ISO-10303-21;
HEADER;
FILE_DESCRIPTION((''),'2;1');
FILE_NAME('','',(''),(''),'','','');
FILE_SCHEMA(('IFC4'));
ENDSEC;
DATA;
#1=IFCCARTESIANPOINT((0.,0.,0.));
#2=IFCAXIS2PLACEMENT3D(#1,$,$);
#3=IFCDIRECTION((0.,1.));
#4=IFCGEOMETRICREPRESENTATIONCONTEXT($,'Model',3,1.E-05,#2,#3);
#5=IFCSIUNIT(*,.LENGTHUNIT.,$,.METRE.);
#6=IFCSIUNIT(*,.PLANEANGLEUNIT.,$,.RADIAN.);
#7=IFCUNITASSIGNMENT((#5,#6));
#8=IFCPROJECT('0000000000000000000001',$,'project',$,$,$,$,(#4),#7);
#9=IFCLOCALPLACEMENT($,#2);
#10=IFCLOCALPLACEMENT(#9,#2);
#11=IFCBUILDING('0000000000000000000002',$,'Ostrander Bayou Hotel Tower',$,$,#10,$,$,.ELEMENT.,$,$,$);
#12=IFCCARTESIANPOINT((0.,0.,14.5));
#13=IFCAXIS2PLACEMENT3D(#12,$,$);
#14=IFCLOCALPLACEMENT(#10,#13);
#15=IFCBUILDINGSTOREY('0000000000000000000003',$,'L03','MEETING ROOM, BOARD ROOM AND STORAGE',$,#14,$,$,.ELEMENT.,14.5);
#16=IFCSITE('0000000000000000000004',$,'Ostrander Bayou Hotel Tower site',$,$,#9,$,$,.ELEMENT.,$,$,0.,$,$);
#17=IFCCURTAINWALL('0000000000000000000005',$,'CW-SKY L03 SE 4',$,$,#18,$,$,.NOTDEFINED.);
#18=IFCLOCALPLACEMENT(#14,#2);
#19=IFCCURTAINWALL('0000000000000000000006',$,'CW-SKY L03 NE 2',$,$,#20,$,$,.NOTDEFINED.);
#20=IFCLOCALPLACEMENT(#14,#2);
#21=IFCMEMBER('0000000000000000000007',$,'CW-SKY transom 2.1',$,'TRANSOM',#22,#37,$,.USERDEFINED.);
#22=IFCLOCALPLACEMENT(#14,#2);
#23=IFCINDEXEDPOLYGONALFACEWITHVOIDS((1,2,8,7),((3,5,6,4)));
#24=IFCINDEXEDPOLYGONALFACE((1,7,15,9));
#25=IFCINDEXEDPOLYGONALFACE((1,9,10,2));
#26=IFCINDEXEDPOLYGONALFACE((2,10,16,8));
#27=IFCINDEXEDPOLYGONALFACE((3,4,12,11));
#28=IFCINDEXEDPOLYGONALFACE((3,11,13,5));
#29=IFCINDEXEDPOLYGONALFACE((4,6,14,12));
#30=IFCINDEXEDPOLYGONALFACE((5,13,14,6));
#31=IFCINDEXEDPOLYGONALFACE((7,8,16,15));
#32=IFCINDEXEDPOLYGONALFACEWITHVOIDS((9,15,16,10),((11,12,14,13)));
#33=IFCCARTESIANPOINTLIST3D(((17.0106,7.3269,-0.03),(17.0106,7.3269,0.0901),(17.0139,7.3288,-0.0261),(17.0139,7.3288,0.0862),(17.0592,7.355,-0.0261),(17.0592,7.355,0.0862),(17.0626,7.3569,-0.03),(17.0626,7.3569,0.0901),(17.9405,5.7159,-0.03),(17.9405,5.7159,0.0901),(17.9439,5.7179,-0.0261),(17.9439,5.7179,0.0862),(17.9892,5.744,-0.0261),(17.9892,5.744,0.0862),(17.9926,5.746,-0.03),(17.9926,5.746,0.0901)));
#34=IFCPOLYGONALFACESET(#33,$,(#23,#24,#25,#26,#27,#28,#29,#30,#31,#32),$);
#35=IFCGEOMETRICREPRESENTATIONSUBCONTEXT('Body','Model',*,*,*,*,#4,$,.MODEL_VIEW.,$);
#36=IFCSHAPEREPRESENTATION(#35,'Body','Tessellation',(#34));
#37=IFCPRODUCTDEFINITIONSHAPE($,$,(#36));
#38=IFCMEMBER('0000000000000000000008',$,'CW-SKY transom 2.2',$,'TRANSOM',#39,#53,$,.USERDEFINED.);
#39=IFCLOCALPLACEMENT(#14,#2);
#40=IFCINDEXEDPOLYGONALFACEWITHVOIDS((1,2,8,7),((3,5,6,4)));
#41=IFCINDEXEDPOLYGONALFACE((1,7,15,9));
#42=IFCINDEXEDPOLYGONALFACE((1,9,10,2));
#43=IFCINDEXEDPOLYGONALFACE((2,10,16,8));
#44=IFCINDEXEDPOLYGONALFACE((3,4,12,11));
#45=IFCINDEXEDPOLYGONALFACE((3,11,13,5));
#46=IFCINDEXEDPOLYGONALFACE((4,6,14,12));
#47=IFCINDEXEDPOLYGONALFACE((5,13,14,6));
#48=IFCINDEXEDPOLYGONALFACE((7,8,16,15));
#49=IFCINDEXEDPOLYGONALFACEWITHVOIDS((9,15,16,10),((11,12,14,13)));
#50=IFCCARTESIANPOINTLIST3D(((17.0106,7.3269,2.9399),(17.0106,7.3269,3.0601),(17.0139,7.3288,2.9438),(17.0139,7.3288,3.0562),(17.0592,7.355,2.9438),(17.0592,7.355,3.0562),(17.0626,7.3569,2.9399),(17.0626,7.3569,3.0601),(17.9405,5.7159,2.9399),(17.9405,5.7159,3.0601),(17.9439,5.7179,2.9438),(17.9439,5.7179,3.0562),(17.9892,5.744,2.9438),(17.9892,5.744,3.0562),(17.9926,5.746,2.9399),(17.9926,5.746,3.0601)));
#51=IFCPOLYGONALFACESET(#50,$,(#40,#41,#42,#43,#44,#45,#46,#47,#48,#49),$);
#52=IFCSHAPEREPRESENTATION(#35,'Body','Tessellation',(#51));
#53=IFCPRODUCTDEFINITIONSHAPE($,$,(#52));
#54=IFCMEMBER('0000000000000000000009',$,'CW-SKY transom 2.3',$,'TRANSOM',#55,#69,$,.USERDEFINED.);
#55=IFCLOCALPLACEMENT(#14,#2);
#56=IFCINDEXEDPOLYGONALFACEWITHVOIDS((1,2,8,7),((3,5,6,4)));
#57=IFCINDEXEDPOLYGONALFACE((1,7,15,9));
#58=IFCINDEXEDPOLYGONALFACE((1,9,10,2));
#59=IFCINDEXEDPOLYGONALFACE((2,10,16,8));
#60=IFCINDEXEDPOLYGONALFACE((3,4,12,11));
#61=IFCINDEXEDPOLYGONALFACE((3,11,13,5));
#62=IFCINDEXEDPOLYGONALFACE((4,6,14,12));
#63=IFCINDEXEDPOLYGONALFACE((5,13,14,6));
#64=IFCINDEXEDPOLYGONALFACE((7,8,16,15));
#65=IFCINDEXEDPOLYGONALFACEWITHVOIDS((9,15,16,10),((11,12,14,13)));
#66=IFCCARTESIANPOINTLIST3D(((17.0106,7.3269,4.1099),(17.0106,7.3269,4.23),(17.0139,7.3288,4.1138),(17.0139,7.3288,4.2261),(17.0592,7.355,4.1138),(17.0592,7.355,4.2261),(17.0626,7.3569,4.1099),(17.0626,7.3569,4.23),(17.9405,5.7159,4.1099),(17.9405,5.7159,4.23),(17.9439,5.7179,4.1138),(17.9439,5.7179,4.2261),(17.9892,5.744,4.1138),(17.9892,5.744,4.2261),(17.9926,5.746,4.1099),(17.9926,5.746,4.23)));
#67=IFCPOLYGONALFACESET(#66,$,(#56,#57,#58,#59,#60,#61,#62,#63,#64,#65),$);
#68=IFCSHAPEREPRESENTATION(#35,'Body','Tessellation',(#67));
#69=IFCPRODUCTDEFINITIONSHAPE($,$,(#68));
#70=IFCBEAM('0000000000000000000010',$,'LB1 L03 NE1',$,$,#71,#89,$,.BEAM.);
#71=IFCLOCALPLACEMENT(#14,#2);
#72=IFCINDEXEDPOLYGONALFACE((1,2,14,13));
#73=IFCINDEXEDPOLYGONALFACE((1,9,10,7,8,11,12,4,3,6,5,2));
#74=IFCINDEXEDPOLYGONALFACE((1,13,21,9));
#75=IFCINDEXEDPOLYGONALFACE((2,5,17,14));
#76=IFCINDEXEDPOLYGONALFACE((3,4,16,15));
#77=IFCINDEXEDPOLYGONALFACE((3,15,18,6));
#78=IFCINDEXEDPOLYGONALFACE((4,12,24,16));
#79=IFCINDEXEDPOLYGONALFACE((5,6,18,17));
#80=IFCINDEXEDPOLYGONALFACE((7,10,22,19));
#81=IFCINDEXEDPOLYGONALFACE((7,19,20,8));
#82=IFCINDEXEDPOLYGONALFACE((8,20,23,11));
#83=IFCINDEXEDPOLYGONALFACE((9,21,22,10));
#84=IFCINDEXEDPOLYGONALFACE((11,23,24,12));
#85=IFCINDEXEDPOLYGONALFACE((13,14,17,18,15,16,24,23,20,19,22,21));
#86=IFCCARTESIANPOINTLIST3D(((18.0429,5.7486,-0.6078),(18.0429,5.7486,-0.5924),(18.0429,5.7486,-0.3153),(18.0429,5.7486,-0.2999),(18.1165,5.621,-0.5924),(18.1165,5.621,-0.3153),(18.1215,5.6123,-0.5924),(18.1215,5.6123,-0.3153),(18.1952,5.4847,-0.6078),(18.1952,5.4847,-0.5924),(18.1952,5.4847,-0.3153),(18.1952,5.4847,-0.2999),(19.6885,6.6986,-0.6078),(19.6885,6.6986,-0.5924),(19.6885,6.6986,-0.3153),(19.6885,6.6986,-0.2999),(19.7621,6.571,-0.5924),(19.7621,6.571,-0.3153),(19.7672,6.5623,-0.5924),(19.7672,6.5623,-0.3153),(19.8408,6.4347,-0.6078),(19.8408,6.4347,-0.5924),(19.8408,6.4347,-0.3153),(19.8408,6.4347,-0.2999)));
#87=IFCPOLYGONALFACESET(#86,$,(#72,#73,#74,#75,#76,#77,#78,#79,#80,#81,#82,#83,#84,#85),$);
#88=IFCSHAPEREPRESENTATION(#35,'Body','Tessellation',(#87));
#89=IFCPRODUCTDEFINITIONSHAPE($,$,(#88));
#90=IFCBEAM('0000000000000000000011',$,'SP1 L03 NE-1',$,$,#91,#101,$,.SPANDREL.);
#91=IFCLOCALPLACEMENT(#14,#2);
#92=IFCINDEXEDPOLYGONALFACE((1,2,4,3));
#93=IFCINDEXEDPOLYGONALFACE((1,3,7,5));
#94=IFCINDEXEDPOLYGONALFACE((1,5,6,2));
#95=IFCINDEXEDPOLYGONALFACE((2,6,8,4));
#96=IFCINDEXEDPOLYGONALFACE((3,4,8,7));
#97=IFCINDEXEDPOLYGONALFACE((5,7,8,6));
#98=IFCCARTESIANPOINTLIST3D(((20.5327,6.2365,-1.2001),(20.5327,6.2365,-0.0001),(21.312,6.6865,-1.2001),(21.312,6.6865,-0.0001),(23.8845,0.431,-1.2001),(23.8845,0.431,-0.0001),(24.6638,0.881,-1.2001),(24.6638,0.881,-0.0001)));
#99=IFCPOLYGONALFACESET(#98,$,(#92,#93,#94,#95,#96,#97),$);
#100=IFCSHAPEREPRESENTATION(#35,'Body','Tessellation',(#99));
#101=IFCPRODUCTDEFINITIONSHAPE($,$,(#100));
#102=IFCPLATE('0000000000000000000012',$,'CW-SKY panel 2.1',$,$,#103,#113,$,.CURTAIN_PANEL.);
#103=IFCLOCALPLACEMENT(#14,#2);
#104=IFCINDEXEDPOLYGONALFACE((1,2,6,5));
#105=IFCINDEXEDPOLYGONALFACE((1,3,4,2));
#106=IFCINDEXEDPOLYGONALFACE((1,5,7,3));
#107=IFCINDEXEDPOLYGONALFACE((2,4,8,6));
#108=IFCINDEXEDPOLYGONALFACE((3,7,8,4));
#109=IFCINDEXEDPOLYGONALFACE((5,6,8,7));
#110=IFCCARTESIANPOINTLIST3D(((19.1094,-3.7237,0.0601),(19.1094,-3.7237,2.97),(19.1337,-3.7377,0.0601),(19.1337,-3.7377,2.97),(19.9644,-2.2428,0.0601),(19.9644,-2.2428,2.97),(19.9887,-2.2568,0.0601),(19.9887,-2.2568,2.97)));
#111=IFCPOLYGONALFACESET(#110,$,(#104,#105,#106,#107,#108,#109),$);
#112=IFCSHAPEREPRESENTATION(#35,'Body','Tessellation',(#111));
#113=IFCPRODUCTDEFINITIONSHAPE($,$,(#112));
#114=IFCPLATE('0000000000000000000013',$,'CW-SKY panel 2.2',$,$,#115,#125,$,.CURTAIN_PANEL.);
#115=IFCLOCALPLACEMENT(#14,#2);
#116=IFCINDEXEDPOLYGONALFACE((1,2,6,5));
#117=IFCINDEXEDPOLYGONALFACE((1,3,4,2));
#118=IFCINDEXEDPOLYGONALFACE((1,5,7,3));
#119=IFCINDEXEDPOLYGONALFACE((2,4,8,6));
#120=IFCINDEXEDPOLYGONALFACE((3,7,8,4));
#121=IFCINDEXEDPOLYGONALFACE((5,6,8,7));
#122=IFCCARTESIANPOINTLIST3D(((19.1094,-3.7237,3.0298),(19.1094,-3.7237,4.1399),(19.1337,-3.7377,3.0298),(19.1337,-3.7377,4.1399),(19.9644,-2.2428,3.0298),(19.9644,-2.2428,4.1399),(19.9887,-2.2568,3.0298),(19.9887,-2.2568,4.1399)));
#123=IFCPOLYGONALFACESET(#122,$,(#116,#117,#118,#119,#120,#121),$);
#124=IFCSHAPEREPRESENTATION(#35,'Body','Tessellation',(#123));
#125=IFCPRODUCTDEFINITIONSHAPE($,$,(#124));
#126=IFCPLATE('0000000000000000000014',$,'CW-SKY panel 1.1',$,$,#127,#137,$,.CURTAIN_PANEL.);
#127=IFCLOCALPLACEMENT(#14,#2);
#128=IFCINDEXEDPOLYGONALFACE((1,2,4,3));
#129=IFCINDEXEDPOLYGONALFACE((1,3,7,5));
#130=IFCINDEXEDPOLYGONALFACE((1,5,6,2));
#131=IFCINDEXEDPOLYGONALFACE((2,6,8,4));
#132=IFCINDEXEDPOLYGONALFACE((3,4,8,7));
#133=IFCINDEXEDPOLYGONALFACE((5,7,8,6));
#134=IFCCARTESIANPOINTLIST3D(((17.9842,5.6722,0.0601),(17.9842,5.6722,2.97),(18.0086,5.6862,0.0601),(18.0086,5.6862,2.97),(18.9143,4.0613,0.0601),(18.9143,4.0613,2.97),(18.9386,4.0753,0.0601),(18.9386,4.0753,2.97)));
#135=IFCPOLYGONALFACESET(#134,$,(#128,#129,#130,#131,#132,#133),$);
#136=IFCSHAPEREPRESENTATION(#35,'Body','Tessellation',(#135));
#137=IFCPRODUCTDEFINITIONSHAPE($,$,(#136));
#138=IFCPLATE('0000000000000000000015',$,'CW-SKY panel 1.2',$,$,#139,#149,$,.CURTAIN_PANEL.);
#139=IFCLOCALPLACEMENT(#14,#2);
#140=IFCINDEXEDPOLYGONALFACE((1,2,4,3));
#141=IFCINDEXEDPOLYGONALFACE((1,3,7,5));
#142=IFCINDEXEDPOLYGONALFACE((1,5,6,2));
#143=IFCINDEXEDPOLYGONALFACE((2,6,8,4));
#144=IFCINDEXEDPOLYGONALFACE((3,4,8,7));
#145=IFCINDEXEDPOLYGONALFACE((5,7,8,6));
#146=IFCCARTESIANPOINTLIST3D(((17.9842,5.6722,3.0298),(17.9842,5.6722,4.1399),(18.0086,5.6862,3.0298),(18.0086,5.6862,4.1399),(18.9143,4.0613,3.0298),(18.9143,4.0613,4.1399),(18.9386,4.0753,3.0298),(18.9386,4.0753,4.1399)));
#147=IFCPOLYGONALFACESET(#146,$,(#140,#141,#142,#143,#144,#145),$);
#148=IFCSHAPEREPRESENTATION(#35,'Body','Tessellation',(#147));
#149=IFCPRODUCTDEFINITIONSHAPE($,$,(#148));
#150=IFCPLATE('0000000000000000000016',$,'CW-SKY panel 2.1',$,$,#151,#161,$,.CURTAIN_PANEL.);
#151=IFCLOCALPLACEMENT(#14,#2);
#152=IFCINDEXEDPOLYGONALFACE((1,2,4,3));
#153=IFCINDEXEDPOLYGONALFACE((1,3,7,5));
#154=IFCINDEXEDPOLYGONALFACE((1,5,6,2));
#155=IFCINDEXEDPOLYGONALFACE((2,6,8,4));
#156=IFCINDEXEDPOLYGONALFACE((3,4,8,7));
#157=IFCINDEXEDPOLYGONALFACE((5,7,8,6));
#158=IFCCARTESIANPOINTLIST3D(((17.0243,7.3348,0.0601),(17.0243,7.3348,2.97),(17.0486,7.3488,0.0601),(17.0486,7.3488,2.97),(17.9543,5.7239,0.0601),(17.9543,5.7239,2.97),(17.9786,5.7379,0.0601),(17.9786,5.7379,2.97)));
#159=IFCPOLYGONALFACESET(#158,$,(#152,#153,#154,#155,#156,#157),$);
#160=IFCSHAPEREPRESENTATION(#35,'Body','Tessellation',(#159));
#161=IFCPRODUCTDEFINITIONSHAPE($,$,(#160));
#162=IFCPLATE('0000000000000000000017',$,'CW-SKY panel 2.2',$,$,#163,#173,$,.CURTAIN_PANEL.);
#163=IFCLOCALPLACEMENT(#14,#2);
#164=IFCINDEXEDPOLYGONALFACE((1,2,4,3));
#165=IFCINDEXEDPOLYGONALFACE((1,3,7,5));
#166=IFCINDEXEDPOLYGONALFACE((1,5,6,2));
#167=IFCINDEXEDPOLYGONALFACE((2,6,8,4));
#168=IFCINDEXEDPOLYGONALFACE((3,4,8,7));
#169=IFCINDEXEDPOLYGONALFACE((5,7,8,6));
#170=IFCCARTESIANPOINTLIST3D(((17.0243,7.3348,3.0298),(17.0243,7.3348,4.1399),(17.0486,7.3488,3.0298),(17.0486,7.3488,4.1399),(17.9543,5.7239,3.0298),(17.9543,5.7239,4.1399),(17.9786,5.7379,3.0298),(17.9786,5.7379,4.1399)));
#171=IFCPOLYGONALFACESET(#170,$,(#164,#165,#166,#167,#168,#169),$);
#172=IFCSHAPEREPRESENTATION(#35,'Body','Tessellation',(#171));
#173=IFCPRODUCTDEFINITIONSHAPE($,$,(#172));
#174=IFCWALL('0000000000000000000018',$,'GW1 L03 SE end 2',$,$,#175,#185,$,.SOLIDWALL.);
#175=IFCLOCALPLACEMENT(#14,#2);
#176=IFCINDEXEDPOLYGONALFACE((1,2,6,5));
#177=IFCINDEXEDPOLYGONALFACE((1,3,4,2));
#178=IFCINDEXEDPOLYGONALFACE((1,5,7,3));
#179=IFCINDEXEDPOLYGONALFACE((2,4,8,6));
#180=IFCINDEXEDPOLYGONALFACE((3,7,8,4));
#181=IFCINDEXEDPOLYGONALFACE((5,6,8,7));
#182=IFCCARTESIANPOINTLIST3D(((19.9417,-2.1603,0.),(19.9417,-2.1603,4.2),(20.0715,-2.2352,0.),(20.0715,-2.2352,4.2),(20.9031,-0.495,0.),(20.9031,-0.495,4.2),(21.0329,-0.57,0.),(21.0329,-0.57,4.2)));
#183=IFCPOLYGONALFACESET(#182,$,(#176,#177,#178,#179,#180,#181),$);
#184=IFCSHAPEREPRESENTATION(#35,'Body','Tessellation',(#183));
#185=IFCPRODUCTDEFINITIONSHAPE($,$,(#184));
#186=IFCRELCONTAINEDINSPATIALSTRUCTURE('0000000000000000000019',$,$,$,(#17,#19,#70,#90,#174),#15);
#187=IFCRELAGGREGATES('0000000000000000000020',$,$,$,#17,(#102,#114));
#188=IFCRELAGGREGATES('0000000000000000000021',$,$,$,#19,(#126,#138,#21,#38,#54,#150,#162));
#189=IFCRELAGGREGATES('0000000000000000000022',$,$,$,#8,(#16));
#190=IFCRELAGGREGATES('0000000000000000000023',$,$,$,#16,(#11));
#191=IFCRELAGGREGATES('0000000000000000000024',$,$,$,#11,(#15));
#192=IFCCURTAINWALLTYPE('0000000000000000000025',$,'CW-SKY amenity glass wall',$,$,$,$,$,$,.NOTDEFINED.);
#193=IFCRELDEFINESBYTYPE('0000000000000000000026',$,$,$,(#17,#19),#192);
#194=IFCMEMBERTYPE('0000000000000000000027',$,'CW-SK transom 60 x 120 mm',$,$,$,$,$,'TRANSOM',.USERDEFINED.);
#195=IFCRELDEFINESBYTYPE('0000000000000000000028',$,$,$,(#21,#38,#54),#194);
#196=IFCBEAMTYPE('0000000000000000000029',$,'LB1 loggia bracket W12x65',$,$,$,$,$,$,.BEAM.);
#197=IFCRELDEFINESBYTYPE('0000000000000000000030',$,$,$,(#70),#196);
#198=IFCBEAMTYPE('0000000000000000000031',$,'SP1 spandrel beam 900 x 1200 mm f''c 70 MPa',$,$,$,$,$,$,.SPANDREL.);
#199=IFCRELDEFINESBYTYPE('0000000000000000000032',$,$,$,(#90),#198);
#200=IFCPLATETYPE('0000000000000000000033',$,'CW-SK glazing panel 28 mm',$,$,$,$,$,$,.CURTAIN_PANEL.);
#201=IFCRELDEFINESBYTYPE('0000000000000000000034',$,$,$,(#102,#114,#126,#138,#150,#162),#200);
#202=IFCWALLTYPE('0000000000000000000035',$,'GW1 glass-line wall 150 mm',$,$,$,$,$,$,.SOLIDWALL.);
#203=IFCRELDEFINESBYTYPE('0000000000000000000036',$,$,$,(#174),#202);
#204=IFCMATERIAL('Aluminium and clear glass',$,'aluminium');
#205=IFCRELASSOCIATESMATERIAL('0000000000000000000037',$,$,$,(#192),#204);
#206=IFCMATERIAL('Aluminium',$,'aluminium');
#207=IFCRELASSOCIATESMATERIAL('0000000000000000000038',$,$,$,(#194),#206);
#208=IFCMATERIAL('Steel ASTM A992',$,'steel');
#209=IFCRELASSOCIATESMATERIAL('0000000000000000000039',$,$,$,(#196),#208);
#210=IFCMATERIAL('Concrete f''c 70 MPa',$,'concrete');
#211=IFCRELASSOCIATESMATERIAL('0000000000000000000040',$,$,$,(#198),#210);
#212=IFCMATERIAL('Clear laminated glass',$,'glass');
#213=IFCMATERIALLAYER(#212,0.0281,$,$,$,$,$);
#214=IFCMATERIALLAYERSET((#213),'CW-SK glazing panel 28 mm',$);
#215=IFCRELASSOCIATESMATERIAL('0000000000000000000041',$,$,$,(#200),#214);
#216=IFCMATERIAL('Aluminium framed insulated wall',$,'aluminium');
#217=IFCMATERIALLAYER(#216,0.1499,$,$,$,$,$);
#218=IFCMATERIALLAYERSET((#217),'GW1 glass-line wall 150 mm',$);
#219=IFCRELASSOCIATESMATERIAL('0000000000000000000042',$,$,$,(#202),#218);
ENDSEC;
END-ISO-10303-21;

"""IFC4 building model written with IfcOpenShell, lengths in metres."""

from ifc_helpers import new_model, si_unit, direction, frame, frame_2d, origin, origin_2d, place, context, subcontext, project, spatial, rectangle, hollow_rectangle, i_section, extrude, material, layer, layer_set, material_profile, profile_set, type_object, element, aggregate, save


model = new_model("IFC4")

# Units and contexts
model_context = context("Model", 3, precision=1e-05, world=origin(), true_north=direction((0.0, 1.0)))
body_context = subcontext(model_context, "Body", "Model", "MODEL_VIEW")
ifc_project = project(units=[si_unit("LENGTHUNIT", "METRE"), si_unit("PLANEANGLEUNIT", "RADIAN")], contexts=[model_context])

# Site, building, storey
site_placement = place(None, origin())
site = spatial("IfcSite", under=ifc_project, at=site_placement, Name="Ostrander Bayou Hotel Tower site", CompositionType="ELEMENT", RefElevation=0.0)
building_placement = place(site_placement, origin())
building = spatial("IfcBuilding", under=site, at=building_placement, Name="Ostrander Bayou Hotel Tower", CompositionType="ELEMENT")
storey_placement = place(building_placement, frame((0.0, 0.0, 14.5)))
storey = spatial("IfcBuildingStorey", under=building, at=storey_placement, Name="L03", Description="MEETING ROOM, BOARD ROOM AND STORAGE", CompositionType="ELEMENT", Elevation=14.5)

# Curtain wall
ifc_material_1 = material(Name="Aluminium and clear glass", Category="aluminium")
curtain_wall_type = type_object("IfcCurtainWallType", Name="CW-SKY amenity glass wall", PredefinedType="NOTDEFINED", material=ifc_material_1)
curtain_wall_1_placement = place(storey_placement, origin())
curtain_wall_1 = element("IfcCurtainWall", 1, at=curtain_wall_1_placement, inside=storey, type_object=curtain_wall_type, Name="CW-SKY L03 SE 4", PredefinedType="NOTDEFINED")

# Curtain wall, members
curtain_wall_2_placement = place(storey_placement, origin())
curtain_wall_2 = element("IfcCurtainWall", 2, at=curtain_wall_2_placement, inside=storey, type_object=curtain_wall_type, Name="CW-SKY L03 NE 2", PredefinedType="NOTDEFINED")
ifc_material_2 = material(Name="Aluminium", Category="aluminium")
ifc_material_profile_1 = material_profile(ifc_material_2, hollow_rectangle(XDim=0.0601, YDim=0.1201, WallThickness=0.0039, at=origin_2d()))
ifc_profile_set_1 = profile_set([ifc_material_profile_1], Name="Aluminium")
member_type_1 = type_object("IfcMemberType", Name="CW-SK transom 60 x 120 mm", ElementType="TRANSOM", PredefinedType="USERDEFINED", material=ifc_profile_set_1)
member_1_placement = place(storey_placement, frame((17.9666, 5.731, 0.03), z_axis=(-0.499965, 0.866046, 0.0), x_axis=(-0.866046, -0.499965, 0.0)))
member_1 = element("IfcMember", 3, at=member_1_placement, type_object=member_type_1, Name="CW-SKY transom 2.1", ObjectType="TRANSOM", PredefinedType="USERDEFINED", context=body_context, shape_type="SweptSolid", body=[
    extrude(hollow_rectangle(XDim=0.0601, YDim=0.1201, WallThickness=0.0039, at=origin_2d()), origin(), (0.0, 0.0, 1.0), 1.8601),
])
member_2_placement = place(storey_placement, frame((17.9666, 5.731, 3.0), z_axis=(-0.499965, 0.866046, 0.0), x_axis=(-0.866046, -0.499965, 0.0)))
member_2 = element("IfcMember", 4, at=member_2_placement, type_object=member_type_1, Name="CW-SKY transom 2.2", ObjectType="TRANSOM", PredefinedType="USERDEFINED", context=body_context, shape_type="SweptSolid", body=[
    extrude(hollow_rectangle(XDim=0.0601, YDim=0.1201, WallThickness=0.0039, at=origin_2d()), origin(), (0.0, 0.0, 1.0), 1.8601),
])
member_3_placement = place(storey_placement, frame((17.9666, 5.731, 4.1699), z_axis=(-0.499965, 0.866046, 0.0), x_axis=(-0.866046, -0.499965, 0.0)))
member_3 = element("IfcMember", 5, at=member_3_placement, type_object=member_type_1, Name="CW-SKY transom 2.3", ObjectType="TRANSOM", PredefinedType="USERDEFINED", context=body_context, shape_type="SweptSolid", body=[
    extrude(hollow_rectangle(XDim=0.0601, YDim=0.1201, WallThickness=0.0039, at=origin_2d()), origin(), (0.0, 0.0, 1.0), 1.8601),
])

# Beams
ifc_material_3 = material(Name="Steel ASTM A992", Category="steel")
ifc_material_profile_2 = material_profile(ifc_material_3, i_section(OverallWidth=0.3047, OverallDepth=0.3079, WebThickness=0.01, FlangeThickness=0.0154, at=origin_2d()))
ifc_profile_set_2 = profile_set([ifc_material_profile_2], Name="Steel ASTM A992")
beam_type_1 = type_object("IfcBeamType", Name="LB1 loggia bracket W12x65", PredefinedType="BEAM", material=ifc_profile_set_2)
beam_1_placement = place(storey_placement, frame((19.7646, 6.5667, -0.4539), z_axis=(-0.866044, -0.499967, 0.0), x_axis=(0.499967, -0.866044, 0.0)))
element("IfcBeam", 6, at=beam_1_placement, inside=storey, type_object=beam_type_1, Name="LB1 L03 NE1", PredefinedType="BEAM", context=body_context, shape_type="SweptSolid", body=[
    extrude(i_section(OverallWidth=0.3047, OverallDepth=0.3079, WebThickness=0.01, FlangeThickness=0.0154, at=origin_2d()), origin(), (0.0, 0.0, 1.0), 1.9001),
])
ifc_material_4 = material(Name="Concrete f'c 70 MPa", Category="concrete")
ifc_material_profile_3 = material_profile(ifc_material_4, rectangle(XDim=0.8999, YDim=1.2, at=origin_2d()))
ifc_profile_set_3 = profile_set([ifc_material_profile_3], Name="Concrete f'c 70 MPa")
beam_type_2 = type_object("IfcBeamType", Name="SP1 spandrel beam 900 x 1200 mm f'c 70 MPa", PredefinedType="SPANDREL", material=ifc_profile_set_3)
beam_2_placement = place(storey_placement, frame((24.2742, 0.656, -0.6001), z_axis=(-0.500005, 0.866022, 0.0), x_axis=(-0.866022, -0.500005, 0.0)))
element("IfcBeam", 7, at=beam_2_placement, inside=storey, type_object=beam_type_2, Name="SP1 L03 NE-1", PredefinedType="SPANDREL", context=body_context, shape_type="SweptSolid", body=[
    extrude(rectangle(XDim=0.8999, YDim=1.2, at=origin_2d()), origin(), (0.0, 0.0, 1.0), 6.7036),
])

# Plates
ifc_material_5 = material(Name="Clear laminated glass", Category="glass")
ifc_layer_1 = layer(ifc_material_5, 0.0281)
ifc_layer_set_1 = layer_set([ifc_layer_1], Name="CW-SK glazing panel 28 mm")
plate_type = type_object("IfcPlateType", Name="CW-SK glazing panel 28 mm", PredefinedType="CURTAIN_PANEL", material=ifc_layer_set_1)
plate_1_placement = place(storey_placement, frame((19.5491, -2.9902, 0.0601), z_axis=(0.0, 0.0, 1.0), x_axis=(0.499999, 0.866026, 0.0)))
plate_1 = element("IfcPlate", 8, at=plate_1_placement, type_object=plate_type, Name="CW-SKY panel 2.1", PredefinedType="CURTAIN_PANEL", context=body_context, shape_type="SweptSolid", body=[
    extrude(rectangle(XDim=1.71, YDim=0.0281, at=origin_2d()), origin(), (0.0, 0.0, 1.0), 2.9099),
])
plate_2_placement = place(storey_placement, frame((19.5491, -2.9902, 3.0298), z_axis=(0.0, 0.0, 1.0), x_axis=(0.499999, 0.866026, 0.0)))
plate_2 = element("IfcPlate", 9, at=plate_2_placement, type_object=plate_type, Name="CW-SKY panel 2.2", PredefinedType="CURTAIN_PANEL", context=body_context, shape_type="SweptSolid", body=[
    extrude(rectangle(XDim=1.71, YDim=0.0281, at=origin_2d()), origin(), (0.0, 0.0, 1.0), 1.1101),
])
aggregate(curtain_wall_1, [plate_1, plate_2])
plate_3_placement = place(storey_placement, frame((18.4614, 4.8738, 0.0601), z_axis=(0.0, 0.0, 1.0), x_axis=(-0.5, 0.866025, 0.0)))
plate_3 = element("IfcPlate", 10, at=plate_3_placement, type_object=plate_type, Name="CW-SKY panel 1.1", PredefinedType="CURTAIN_PANEL", context=body_context, shape_type="SweptSolid", body=[
    extrude(rectangle(XDim=1.8601, YDim=0.0281, at=origin_2d()), origin(), (0.0, 0.0, 1.0), 2.9099),
])
plate_4_placement = place(storey_placement, frame((18.4614, 4.8738, 3.0298), z_axis=(0.0, 0.0, 1.0), x_axis=(-0.5, 0.866025, 0.0)))
plate_4 = element("IfcPlate", 11, at=plate_4_placement, type_object=plate_type, Name="CW-SKY panel 1.2", PredefinedType="CURTAIN_PANEL", context=body_context, shape_type="SweptSolid", body=[
    extrude(rectangle(XDim=1.8601, YDim=0.0281, at=origin_2d()), origin(), (0.0, 0.0, 1.0), 1.1101),
])
plate_5_placement = place(storey_placement, frame((17.5015, 6.5364, 0.0601), z_axis=(0.0, 0.0, 1.0), x_axis=(-0.5, 0.866025, 0.0)))
plate_5 = element("IfcPlate", 12, at=plate_5_placement, type_object=plate_type, Name="CW-SKY panel 2.1", PredefinedType="CURTAIN_PANEL", context=body_context, shape_type="SweptSolid", body=[
    extrude(rectangle(XDim=1.8601, YDim=0.0281, at=origin_2d()), origin(), (0.0, 0.0, 1.0), 2.9099),
])
plate_6_placement = place(storey_placement, frame((17.5015, 6.5364, 3.0298), z_axis=(0.0, 0.0, 1.0), x_axis=(-0.5, 0.866025, 0.0)))
plate_6 = element("IfcPlate", 13, at=plate_6_placement, type_object=plate_type, Name="CW-SKY panel 2.2", PredefinedType="CURTAIN_PANEL", context=body_context, shape_type="SweptSolid", body=[
    extrude(rectangle(XDim=1.8601, YDim=0.0281, at=origin_2d()), origin(), (0.0, 0.0, 1.0), 1.1101),
])
aggregate(curtain_wall_2, [plate_3, plate_4, member_1, member_2, member_3, plate_5, plate_6])

# Wall
ifc_material_6 = material(Name="Aluminium framed insulated wall", Category="aluminium")
ifc_layer_2 = layer(ifc_material_6, 0.1499)
ifc_layer_set_2 = layer_set([ifc_layer_2], Name="GW1 glass-line wall 150 mm")
wall_type_1 = type_object("IfcWallType", Name="GW1 glass-line wall 150 mm", PredefinedType="SOLIDWALL", material=ifc_layer_set_2)
wall_1_placement = place(storey_placement, frame((20.0066, -2.1978, 0.0), z_axis=(0.0, 0.0, 1.0), x_axis=(0.49999, 0.866031, 0.0)))
element("IfcWall", 14, at=wall_1_placement, inside=storey, type_object=wall_type_1, Name="GW1 L03 SE end 2", PredefinedType="SOLIDWALL", context=body_context, shape_type="SweptSolid", body=[
    extrude(rectangle(XDim=1.9229, YDim=0.1499, at=frame_2d((0.9614, 0.0))), origin(), (0.0, 0.0, 1.0), 4.2),
])

save(model, "model.ifc")
